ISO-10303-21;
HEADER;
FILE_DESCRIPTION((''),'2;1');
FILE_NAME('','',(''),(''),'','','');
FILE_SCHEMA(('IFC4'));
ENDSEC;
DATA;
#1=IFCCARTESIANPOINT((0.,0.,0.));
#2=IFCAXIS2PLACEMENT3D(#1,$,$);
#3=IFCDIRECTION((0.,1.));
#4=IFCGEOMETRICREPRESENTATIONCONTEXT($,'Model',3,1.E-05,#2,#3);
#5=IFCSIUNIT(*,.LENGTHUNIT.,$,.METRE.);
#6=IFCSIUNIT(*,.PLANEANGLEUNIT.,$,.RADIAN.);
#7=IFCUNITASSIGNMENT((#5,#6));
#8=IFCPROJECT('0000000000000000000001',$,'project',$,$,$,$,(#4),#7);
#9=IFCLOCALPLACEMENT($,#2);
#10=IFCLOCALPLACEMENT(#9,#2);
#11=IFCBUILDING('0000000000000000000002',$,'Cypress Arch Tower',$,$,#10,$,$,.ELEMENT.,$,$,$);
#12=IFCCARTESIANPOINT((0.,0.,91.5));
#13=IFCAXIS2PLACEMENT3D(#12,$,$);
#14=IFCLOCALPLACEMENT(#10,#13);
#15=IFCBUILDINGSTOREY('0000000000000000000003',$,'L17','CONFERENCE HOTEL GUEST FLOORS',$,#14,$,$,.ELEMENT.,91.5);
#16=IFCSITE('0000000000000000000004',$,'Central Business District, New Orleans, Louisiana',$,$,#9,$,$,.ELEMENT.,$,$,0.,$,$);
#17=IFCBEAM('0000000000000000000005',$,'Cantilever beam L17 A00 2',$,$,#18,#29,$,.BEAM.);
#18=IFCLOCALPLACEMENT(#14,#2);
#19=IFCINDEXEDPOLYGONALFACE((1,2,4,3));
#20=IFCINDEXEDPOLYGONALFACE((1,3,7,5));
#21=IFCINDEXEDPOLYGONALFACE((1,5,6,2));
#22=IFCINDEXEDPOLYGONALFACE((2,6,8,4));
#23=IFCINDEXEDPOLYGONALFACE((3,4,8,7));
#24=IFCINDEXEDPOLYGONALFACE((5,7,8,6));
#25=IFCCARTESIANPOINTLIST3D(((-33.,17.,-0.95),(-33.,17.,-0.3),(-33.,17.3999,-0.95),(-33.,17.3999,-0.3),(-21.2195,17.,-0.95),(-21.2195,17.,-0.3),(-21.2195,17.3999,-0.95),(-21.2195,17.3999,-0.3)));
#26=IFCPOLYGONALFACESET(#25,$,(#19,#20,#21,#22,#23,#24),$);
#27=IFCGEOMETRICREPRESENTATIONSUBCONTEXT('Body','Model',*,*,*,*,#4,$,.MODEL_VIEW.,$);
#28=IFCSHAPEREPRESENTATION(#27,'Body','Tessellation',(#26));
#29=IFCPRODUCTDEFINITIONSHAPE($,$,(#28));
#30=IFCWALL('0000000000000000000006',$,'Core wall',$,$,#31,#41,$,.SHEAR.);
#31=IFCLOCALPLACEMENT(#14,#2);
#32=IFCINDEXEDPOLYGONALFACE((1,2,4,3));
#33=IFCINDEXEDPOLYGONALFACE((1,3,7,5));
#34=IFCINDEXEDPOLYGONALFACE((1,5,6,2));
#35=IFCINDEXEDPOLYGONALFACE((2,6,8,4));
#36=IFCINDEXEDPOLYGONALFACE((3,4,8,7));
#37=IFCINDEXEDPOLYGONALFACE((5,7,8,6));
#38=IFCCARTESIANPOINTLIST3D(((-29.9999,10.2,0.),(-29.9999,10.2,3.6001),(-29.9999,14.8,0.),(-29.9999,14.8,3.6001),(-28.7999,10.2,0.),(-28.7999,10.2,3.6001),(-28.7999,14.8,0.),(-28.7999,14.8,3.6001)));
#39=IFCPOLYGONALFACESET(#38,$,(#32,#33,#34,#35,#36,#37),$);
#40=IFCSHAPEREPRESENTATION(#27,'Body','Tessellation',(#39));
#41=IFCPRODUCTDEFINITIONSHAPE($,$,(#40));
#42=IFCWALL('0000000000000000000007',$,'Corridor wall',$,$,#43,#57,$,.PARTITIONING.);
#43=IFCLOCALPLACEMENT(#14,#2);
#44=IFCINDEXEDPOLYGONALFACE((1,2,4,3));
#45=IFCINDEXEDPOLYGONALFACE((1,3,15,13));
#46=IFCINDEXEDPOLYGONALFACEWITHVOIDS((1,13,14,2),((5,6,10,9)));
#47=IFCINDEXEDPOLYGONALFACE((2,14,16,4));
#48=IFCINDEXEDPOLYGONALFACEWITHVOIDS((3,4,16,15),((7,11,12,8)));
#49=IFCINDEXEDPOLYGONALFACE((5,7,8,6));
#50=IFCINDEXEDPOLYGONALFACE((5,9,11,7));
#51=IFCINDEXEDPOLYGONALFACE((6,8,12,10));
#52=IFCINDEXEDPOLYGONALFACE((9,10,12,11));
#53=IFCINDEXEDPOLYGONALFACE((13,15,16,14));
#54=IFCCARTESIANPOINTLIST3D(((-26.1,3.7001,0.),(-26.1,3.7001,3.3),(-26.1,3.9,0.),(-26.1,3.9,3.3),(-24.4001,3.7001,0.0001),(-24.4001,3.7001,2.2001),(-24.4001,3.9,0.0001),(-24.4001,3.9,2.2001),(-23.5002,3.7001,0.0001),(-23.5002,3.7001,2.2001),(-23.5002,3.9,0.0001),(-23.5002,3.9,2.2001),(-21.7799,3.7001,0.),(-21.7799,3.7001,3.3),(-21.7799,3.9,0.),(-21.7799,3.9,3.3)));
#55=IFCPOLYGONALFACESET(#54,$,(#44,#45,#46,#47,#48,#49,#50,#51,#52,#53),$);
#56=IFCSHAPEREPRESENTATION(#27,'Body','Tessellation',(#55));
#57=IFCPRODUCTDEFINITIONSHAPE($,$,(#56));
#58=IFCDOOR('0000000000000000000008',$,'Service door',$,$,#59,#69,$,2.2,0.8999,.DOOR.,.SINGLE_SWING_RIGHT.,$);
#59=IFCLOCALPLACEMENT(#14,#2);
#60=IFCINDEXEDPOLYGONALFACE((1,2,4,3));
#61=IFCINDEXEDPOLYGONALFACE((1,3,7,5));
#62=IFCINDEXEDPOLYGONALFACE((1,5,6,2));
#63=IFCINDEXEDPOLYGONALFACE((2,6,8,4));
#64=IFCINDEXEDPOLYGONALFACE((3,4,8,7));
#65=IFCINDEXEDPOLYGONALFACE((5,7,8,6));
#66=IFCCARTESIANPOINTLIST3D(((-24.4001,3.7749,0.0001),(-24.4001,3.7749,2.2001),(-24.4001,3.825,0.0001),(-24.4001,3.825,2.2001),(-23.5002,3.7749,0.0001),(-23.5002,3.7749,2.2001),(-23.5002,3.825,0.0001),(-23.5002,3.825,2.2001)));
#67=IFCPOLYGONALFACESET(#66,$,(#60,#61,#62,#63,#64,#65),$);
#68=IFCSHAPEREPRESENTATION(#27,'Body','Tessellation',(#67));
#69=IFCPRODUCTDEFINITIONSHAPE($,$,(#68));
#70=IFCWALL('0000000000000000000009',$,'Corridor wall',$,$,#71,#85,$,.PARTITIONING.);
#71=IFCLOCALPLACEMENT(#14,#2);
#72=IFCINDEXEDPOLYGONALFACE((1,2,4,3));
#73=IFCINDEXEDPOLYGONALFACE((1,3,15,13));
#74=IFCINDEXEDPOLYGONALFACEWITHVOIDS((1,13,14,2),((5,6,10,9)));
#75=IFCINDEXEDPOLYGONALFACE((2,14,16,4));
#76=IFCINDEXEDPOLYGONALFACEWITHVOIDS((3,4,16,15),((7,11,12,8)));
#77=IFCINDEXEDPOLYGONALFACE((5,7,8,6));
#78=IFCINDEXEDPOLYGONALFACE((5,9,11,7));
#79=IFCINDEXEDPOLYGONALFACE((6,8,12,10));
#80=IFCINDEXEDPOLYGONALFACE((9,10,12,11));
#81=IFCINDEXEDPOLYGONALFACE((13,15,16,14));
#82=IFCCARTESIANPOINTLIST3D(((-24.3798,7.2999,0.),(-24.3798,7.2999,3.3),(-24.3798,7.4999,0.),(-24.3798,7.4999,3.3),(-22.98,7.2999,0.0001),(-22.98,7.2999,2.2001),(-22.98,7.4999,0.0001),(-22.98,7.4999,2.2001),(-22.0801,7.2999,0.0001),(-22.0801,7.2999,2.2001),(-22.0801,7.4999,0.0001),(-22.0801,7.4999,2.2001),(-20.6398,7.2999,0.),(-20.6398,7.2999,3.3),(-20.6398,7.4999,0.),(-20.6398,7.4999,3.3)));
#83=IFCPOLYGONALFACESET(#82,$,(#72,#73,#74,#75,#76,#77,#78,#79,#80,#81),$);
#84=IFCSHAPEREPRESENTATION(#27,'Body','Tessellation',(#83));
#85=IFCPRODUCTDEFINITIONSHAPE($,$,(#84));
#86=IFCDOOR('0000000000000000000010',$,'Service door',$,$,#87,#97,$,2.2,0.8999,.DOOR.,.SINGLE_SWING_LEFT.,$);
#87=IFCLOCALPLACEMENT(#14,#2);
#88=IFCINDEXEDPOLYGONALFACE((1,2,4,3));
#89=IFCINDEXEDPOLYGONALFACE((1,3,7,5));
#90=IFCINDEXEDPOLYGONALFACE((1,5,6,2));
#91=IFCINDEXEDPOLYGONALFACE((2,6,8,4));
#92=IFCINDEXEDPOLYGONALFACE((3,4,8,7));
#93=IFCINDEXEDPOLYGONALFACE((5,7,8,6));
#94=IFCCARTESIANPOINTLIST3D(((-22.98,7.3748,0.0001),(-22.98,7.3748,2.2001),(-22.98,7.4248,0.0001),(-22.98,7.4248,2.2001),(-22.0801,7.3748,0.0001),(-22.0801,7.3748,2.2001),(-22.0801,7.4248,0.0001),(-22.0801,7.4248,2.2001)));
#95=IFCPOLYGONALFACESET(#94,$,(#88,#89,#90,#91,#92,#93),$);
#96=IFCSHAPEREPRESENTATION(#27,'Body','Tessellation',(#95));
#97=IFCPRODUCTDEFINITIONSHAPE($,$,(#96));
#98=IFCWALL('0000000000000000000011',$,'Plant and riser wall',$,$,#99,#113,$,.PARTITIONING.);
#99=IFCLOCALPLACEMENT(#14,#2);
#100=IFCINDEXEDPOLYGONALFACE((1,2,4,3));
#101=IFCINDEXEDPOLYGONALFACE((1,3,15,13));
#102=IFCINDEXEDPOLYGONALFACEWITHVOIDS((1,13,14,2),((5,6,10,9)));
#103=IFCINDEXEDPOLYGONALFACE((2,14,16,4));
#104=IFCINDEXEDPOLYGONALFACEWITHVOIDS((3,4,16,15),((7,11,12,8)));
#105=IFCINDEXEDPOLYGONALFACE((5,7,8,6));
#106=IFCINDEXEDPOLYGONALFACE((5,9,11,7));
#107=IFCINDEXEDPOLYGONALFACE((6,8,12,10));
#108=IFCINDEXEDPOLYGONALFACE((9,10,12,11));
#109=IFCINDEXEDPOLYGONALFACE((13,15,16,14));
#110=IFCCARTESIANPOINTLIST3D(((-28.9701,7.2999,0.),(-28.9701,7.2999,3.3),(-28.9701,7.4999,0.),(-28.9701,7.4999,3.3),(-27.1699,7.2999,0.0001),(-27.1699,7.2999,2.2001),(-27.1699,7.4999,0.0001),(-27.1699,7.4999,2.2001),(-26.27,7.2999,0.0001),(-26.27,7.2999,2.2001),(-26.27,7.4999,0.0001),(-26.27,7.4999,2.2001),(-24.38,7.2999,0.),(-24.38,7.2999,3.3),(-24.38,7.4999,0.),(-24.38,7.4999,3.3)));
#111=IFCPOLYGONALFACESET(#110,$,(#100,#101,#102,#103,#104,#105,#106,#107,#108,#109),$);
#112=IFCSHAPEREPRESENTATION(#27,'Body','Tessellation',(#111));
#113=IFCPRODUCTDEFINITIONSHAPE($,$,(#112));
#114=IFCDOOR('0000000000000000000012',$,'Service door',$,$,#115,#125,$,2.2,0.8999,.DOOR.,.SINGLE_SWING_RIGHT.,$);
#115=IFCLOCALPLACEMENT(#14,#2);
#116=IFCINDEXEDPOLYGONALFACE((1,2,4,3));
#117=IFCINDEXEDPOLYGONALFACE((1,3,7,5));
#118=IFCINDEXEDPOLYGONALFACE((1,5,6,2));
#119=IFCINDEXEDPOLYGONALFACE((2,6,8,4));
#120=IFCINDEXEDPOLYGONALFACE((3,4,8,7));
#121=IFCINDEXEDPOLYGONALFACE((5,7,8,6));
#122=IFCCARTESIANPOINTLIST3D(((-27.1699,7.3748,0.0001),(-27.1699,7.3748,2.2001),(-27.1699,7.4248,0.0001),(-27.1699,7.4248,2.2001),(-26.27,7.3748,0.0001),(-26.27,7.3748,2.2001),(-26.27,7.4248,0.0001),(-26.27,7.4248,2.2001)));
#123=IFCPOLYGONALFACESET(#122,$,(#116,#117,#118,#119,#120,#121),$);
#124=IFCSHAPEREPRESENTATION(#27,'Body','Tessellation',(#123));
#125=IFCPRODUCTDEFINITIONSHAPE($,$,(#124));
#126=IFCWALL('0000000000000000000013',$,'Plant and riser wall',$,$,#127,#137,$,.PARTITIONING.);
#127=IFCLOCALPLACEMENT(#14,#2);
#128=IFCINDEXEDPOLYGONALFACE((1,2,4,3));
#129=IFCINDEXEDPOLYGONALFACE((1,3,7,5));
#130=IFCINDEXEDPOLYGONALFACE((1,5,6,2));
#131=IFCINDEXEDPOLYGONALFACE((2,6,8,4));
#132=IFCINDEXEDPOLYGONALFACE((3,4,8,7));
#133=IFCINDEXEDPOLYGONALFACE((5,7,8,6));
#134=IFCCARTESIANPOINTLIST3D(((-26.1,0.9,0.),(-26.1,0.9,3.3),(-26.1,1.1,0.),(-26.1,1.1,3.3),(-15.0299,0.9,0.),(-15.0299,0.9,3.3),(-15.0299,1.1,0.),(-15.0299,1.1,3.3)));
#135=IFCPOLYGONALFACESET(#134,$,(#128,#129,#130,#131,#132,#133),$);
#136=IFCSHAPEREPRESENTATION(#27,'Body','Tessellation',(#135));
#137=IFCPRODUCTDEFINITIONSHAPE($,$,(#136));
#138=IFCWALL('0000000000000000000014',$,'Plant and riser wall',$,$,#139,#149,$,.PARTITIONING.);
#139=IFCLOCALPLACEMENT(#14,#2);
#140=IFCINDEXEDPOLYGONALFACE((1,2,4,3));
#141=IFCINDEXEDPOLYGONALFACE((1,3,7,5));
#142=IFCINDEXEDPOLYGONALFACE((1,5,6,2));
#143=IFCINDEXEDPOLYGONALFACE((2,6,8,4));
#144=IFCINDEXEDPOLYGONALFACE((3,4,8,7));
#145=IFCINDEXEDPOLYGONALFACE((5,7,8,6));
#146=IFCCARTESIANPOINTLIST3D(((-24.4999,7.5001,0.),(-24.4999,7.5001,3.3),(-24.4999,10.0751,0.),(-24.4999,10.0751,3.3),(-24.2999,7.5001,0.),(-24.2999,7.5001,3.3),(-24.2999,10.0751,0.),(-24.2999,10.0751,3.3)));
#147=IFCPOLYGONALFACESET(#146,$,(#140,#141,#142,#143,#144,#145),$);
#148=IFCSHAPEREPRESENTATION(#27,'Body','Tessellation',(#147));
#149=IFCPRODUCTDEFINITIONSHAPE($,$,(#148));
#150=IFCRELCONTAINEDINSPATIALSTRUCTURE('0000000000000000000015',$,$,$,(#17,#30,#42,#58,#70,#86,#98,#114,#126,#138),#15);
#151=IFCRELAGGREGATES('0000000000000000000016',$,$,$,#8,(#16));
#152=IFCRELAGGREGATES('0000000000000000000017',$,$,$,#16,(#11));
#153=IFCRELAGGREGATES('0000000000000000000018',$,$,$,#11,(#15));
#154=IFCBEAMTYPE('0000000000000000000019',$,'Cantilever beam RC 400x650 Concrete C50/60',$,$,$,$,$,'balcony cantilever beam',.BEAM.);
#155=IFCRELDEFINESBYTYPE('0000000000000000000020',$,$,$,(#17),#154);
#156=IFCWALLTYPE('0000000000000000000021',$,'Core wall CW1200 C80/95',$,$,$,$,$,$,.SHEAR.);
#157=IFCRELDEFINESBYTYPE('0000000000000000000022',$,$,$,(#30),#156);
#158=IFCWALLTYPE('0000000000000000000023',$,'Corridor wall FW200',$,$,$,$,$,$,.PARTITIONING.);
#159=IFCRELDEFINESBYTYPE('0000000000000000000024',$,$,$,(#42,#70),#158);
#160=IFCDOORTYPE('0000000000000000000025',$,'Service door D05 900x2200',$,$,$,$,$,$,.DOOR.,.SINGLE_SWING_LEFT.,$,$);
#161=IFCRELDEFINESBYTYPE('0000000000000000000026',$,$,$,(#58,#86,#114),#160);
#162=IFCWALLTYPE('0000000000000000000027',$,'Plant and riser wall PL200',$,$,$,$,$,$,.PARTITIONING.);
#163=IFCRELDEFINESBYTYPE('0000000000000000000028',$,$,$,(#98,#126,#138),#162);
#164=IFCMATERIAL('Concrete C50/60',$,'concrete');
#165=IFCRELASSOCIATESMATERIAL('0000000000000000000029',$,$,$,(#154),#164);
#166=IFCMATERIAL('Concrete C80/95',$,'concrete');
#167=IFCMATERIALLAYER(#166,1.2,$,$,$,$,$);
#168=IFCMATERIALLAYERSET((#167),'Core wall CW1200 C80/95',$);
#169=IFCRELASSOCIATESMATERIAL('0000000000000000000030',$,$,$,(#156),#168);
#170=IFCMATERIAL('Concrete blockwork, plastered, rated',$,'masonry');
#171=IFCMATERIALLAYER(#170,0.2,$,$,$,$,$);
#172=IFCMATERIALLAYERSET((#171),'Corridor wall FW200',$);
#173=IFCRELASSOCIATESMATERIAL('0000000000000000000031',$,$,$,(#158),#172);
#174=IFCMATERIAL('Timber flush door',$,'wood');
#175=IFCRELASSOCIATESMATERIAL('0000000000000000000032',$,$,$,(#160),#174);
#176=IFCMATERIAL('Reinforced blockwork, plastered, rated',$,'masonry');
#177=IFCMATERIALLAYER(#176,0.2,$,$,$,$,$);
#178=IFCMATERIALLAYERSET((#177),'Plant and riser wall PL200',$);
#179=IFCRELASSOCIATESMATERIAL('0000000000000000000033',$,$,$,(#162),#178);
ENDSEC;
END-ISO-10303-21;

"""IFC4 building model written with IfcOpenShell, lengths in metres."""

from ifc_helpers import new_model, si_unit, direction, frame, frame_2d, origin, origin_2d, place, context, subcontext, project, spatial, rectangle, extrude, material, layer, layer_set, material_profile, profile_set, type_object, element, fill, save


model = new_model("IFC4")

# Units and contexts
model_context = context("Model", 3, precision=1e-05, world=origin(), true_north=direction((0.0, 1.0)))
body_context = subcontext(model_context, "Body", "Model", "MODEL_VIEW")
ifc_project = project(units=[si_unit("LENGTHUNIT", "METRE"), si_unit("PLANEANGLEUNIT", "RADIAN")], contexts=[model_context])

# Site, building, storey
site_placement = place(None, origin())
site = spatial("IfcSite", under=ifc_project, at=site_placement, Name="Central Business District, New Orleans, Louisiana", CompositionType="ELEMENT", RefElevation=0.0)
building_placement = place(site_placement, origin())
building = spatial("IfcBuilding", under=site, at=building_placement, Name="Cypress Arch Tower", CompositionType="ELEMENT")
storey_placement = place(building_placement, frame((0.0, 0.0, 91.5)))
storey = spatial("IfcBuildingStorey", under=building, at=storey_placement, Name="L17", Description="CONFERENCE HOTEL GUEST FLOORS", CompositionType="ELEMENT", Elevation=91.5)

# Beam
ifc_material_1 = material(Name="Concrete C50/60", Category="concrete")
ifc_material_profile = material_profile(ifc_material_1, rectangle(XDim=0.3999, YDim=0.6499, at=origin_2d()), Name="RC 400x650")
ifc_profile_set = profile_set([ifc_material_profile], Name="Concrete C50/60")
beam_type = type_object("IfcBeamType", Name="Cantilever beam RC 400x650 Concrete C50/60", ElementType="balcony cantilever beam", PredefinedType="BEAM", material=ifc_profile_set)
beam_placement = place(storey_placement, frame((-21.2195, 17.2, -0.625), z_axis=(-1.0, 0.0, 0.0), x_axis=(0.0, -1.0, 0.0)))
element("IfcBeam", 1, at=beam_placement, inside=storey, type_object=beam_type, Name="Cantilever beam L17 A00 2", PredefinedType="BEAM", context=body_context, shape_type="SweptSolid", body=[
    extrude(rectangle(XDim=0.3999, YDim=0.6499, at=origin_2d()), origin(), (0.0, 0.0, 1.0), 11.7805),
])

# Shared definitions
ifc_material_2 = material(Name="Concrete C80/95", Category="concrete")
ifc_layer_1 = layer(ifc_material_2, 1.2)
ifc_layer_set_1 = layer_set([ifc_layer_1], Name="Core wall CW1200 C80/95")
wall_type_1 = type_object("IfcWallType", Name="Core wall CW1200 C80/95", PredefinedType="SHEAR", material=ifc_layer_set_1)

# Wall
wall_1_placement = place(storey_placement, frame((-29.3999, 10.2, 0.0), z_axis=(0.0, 0.0, 1.0), x_axis=(0.0, 1.0, 0.0)))
element("IfcWall", 2, at=wall_1_placement, inside=storey, type_object=wall_type_1, Name="Core wall", PredefinedType="SHEAR", context=body_context, shape_type="SweptSolid", body=[
    extrude(rectangle(XDim=4.6001, YDim=1.2, at=frame_2d((2.3, 0.0))), origin(), (0.0, 0.0, 1.0), 3.6001),
])

# Walls, openings, doors
ifc_material_3 = material(Name="Concrete blockwork, plastered, rated", Category="masonry")
ifc_layer_2 = layer(ifc_material_3, 0.2)
ifc_layer_set_2 = layer_set([ifc_layer_2], Name="Corridor wall FW200")
wall_type_2 = type_object("IfcWallType", Name="Corridor wall FW200", PredefinedType="PARTITIONING", material=ifc_layer_set_2)
wall_2_placement = place(storey_placement, frame((-26.1001, 3.8, 0.0), z_axis=(0.0, 0.0, 1.0), x_axis=(1.0, 0.0, 0.0)))
wall_2 = element("IfcWall", 3, at=wall_2_placement, inside=storey, type_object=wall_type_2, Name="Corridor wall", PredefinedType="PARTITIONING", context=body_context, shape_type="SweptSolid", body=[
    extrude(rectangle(XDim=4.3201, YDim=0.2, at=frame_2d((2.1602, 0.0))), origin(), (0.0, 0.0, 1.0), 3.3),
])
opening_1_placement = place(wall_2_placement, frame((1.7, 0.0, 0.0)))
opening_1 = element("IfcOpeningElement", 4, at=opening_1_placement, cuts=wall_2, PredefinedType="OPENING", context=body_context, shape_type="SweptSolid", body=[
    extrude(rectangle(XDim=0.8999, YDim=2.2, at=frame_2d((0.45, 1.1001))), frame((0.0, 0.1099, 0.0), z_axis=(0.0, -1.0, 0.0), x_axis=(1.0, 0.0, 0.0)), (0.0, 0.0, 1.0), 0.22),
])
ifc_material_4 = material(Name="Timber flush door", Category="wood")
door_type_1 = type_object("IfcDoorType", Name="Service door D05 900x2200", OperationType="SINGLE_SWING_LEFT", PredefinedType="DOOR", material=ifc_material_4)
door_1_placement = place(opening_1_placement, origin())
door_1 = element("IfcDoor", 5, at=door_1_placement, inside=storey, type_object=door_type_1, Name="Service door", OperationType="SINGLE_SWING_RIGHT", OverallHeight=2.2, OverallWidth=0.8999, PredefinedType="DOOR", context=body_context, shape_type="SweptSolid", body=[
    extrude(rectangle(XDim=0.8999, YDim=2.2, at=frame_2d((0.45, 1.1001))), frame((0.0, 0.0249, 0.0), z_axis=(0.0, -1.0, 0.0), x_axis=(1.0, 0.0, 0.0)), (0.0, 0.0, 1.0), 0.05),
])
fill(opening_1, door_1)
wall_3_placement = place(storey_placement, frame((-24.3799, 7.3999, 0.0), z_axis=(0.0, 0.0, 1.0), x_axis=(1.0, 0.0, 0.0)))
wall_3 = element("IfcWall", 6, at=wall_3_placement, inside=storey, type_object=wall_type_2, Name="Corridor wall", PredefinedType="PARTITIONING", context=body_context, shape_type="SweptSolid", body=[
    extrude(rectangle(XDim=3.74, YDim=0.2, at=frame_2d((1.8701, 0.0))), origin(), (0.0, 0.0, 1.0), 3.3),
])
opening_2_placement = place(wall_3_placement, frame((1.3999, 0.0, 0.0)))
opening_2 = element("IfcOpeningElement", 7, at=opening_2_placement, cuts=wall_3, PredefinedType="OPENING", context=body_context, shape_type="SweptSolid", body=[
    extrude(rectangle(XDim=0.8999, YDim=2.2, at=frame_2d((0.45, 1.1001))), frame((0.0, 0.1099, 0.0), z_axis=(0.0, -1.0, 0.0), x_axis=(1.0, 0.0, 0.0)), (0.0, 0.0, 1.0), 0.22),
])
door_2_placement = place(opening_2_placement, origin())
door_2 = element("IfcDoor", 8, at=door_2_placement, inside=storey, type_object=door_type_1, Name="Service door", OperationType="SINGLE_SWING_LEFT", OverallHeight=2.2, OverallWidth=0.8999, PredefinedType="DOOR", context=body_context, shape_type="SweptSolid", body=[
    extrude(rectangle(XDim=0.8999, YDim=2.2, at=frame_2d((0.45, 1.1001))), frame((0.0, 0.0249, 0.0), z_axis=(0.0, -1.0, 0.0), x_axis=(1.0, 0.0, 0.0)), (0.0, 0.0, 1.0), 0.05),
])
fill(opening_2, door_2)
ifc_material_5 = material(Name="Reinforced blockwork, plastered, rated", Category="masonry")
ifc_layer_3 = layer(ifc_material_5, 0.2)
ifc_layer_set_3 = layer_set([ifc_layer_3], Name="Plant and riser wall PL200")
wall_type_3 = type_object("IfcWallType", Name="Plant and riser wall PL200", PredefinedType="PARTITIONING", material=ifc_layer_set_3)
wall_4_placement = place(storey_placement, frame((-28.97, 7.3999, 0.0), z_axis=(0.0, 0.0, 1.0), x_axis=(1.0, 0.0, 0.0)))
wall_4 = element("IfcWall", 9, at=wall_4_placement, inside=storey, type_object=wall_type_3, Name="Plant and riser wall", PredefinedType="PARTITIONING", context=body_context, shape_type="SweptSolid", body=[
    extrude(rectangle(XDim=4.5901, YDim=0.2, at=frame_2d((2.2949, 0.0))), origin(), (0.0, 0.0, 1.0), 3.3),
])
opening_3_placement = place(wall_4_placement, frame((1.8, 0.0, 0.0)))
opening_3 = element("IfcOpeningElement", 10, at=opening_3_placement, cuts=wall_4, PredefinedType="OPENING", context=body_context, shape_type="SweptSolid", body=[
    extrude(rectangle(XDim=0.8999, YDim=2.2, at=frame_2d((0.45, 1.1001))), frame((0.0, 0.1099, 0.0), z_axis=(0.0, -1.0, 0.0), x_axis=(1.0, 0.0, 0.0)), (0.0, 0.0, 1.0), 0.22),
])
door_3_placement = place(opening_3_placement, origin())
door_3 = element("IfcDoor", 11, at=door_3_placement, inside=storey, type_object=door_type_1, Name="Service door", OperationType="SINGLE_SWING_RIGHT", OverallHeight=2.2, OverallWidth=0.8999, PredefinedType="DOOR", context=body_context, shape_type="SweptSolid", body=[
    extrude(rectangle(XDim=0.8999, YDim=2.2, at=frame_2d((0.45, 1.1001))), frame((0.0, 0.0249, 0.0), z_axis=(0.0, -1.0, 0.0), x_axis=(1.0, 0.0, 0.0)), (0.0, 0.0, 1.0), 0.05),
])
fill(opening_3, door_3)

# Walls
wall_5_placement = place(storey_placement, frame((-26.1001, 1.0, 0.0), z_axis=(0.0, 0.0, 1.0), x_axis=(1.0, 0.0, 0.0)))
element("IfcWall", 12, at=wall_5_placement, inside=storey, type_object=wall_type_3, Name="Plant and riser wall", PredefinedType="PARTITIONING", context=body_context, shape_type="SweptSolid", body=[
    extrude(rectangle(XDim=11.0701, YDim=0.2, at=frame_2d((5.5352, 0.0))), origin(), (0.0, 0.0, 1.0), 3.3),
])
wall_6_placement = place(storey_placement, frame((-24.3999, 7.5, 0.0), z_axis=(0.0, 0.0, 1.0), x_axis=(0.0, 1.0, 0.0)))
element("IfcWall", 13, at=wall_6_placement, inside=storey, type_object=wall_type_3, Name="Plant and riser wall", PredefinedType="PARTITIONING", context=body_context, shape_type="SweptSolid", body=[
    extrude(rectangle(XDim=2.575, YDim=0.2, at=frame_2d((1.2876, 0.0))), origin(), (0.0, 0.0, 1.0), 3.3),
])

save(model, "model.ifc")
